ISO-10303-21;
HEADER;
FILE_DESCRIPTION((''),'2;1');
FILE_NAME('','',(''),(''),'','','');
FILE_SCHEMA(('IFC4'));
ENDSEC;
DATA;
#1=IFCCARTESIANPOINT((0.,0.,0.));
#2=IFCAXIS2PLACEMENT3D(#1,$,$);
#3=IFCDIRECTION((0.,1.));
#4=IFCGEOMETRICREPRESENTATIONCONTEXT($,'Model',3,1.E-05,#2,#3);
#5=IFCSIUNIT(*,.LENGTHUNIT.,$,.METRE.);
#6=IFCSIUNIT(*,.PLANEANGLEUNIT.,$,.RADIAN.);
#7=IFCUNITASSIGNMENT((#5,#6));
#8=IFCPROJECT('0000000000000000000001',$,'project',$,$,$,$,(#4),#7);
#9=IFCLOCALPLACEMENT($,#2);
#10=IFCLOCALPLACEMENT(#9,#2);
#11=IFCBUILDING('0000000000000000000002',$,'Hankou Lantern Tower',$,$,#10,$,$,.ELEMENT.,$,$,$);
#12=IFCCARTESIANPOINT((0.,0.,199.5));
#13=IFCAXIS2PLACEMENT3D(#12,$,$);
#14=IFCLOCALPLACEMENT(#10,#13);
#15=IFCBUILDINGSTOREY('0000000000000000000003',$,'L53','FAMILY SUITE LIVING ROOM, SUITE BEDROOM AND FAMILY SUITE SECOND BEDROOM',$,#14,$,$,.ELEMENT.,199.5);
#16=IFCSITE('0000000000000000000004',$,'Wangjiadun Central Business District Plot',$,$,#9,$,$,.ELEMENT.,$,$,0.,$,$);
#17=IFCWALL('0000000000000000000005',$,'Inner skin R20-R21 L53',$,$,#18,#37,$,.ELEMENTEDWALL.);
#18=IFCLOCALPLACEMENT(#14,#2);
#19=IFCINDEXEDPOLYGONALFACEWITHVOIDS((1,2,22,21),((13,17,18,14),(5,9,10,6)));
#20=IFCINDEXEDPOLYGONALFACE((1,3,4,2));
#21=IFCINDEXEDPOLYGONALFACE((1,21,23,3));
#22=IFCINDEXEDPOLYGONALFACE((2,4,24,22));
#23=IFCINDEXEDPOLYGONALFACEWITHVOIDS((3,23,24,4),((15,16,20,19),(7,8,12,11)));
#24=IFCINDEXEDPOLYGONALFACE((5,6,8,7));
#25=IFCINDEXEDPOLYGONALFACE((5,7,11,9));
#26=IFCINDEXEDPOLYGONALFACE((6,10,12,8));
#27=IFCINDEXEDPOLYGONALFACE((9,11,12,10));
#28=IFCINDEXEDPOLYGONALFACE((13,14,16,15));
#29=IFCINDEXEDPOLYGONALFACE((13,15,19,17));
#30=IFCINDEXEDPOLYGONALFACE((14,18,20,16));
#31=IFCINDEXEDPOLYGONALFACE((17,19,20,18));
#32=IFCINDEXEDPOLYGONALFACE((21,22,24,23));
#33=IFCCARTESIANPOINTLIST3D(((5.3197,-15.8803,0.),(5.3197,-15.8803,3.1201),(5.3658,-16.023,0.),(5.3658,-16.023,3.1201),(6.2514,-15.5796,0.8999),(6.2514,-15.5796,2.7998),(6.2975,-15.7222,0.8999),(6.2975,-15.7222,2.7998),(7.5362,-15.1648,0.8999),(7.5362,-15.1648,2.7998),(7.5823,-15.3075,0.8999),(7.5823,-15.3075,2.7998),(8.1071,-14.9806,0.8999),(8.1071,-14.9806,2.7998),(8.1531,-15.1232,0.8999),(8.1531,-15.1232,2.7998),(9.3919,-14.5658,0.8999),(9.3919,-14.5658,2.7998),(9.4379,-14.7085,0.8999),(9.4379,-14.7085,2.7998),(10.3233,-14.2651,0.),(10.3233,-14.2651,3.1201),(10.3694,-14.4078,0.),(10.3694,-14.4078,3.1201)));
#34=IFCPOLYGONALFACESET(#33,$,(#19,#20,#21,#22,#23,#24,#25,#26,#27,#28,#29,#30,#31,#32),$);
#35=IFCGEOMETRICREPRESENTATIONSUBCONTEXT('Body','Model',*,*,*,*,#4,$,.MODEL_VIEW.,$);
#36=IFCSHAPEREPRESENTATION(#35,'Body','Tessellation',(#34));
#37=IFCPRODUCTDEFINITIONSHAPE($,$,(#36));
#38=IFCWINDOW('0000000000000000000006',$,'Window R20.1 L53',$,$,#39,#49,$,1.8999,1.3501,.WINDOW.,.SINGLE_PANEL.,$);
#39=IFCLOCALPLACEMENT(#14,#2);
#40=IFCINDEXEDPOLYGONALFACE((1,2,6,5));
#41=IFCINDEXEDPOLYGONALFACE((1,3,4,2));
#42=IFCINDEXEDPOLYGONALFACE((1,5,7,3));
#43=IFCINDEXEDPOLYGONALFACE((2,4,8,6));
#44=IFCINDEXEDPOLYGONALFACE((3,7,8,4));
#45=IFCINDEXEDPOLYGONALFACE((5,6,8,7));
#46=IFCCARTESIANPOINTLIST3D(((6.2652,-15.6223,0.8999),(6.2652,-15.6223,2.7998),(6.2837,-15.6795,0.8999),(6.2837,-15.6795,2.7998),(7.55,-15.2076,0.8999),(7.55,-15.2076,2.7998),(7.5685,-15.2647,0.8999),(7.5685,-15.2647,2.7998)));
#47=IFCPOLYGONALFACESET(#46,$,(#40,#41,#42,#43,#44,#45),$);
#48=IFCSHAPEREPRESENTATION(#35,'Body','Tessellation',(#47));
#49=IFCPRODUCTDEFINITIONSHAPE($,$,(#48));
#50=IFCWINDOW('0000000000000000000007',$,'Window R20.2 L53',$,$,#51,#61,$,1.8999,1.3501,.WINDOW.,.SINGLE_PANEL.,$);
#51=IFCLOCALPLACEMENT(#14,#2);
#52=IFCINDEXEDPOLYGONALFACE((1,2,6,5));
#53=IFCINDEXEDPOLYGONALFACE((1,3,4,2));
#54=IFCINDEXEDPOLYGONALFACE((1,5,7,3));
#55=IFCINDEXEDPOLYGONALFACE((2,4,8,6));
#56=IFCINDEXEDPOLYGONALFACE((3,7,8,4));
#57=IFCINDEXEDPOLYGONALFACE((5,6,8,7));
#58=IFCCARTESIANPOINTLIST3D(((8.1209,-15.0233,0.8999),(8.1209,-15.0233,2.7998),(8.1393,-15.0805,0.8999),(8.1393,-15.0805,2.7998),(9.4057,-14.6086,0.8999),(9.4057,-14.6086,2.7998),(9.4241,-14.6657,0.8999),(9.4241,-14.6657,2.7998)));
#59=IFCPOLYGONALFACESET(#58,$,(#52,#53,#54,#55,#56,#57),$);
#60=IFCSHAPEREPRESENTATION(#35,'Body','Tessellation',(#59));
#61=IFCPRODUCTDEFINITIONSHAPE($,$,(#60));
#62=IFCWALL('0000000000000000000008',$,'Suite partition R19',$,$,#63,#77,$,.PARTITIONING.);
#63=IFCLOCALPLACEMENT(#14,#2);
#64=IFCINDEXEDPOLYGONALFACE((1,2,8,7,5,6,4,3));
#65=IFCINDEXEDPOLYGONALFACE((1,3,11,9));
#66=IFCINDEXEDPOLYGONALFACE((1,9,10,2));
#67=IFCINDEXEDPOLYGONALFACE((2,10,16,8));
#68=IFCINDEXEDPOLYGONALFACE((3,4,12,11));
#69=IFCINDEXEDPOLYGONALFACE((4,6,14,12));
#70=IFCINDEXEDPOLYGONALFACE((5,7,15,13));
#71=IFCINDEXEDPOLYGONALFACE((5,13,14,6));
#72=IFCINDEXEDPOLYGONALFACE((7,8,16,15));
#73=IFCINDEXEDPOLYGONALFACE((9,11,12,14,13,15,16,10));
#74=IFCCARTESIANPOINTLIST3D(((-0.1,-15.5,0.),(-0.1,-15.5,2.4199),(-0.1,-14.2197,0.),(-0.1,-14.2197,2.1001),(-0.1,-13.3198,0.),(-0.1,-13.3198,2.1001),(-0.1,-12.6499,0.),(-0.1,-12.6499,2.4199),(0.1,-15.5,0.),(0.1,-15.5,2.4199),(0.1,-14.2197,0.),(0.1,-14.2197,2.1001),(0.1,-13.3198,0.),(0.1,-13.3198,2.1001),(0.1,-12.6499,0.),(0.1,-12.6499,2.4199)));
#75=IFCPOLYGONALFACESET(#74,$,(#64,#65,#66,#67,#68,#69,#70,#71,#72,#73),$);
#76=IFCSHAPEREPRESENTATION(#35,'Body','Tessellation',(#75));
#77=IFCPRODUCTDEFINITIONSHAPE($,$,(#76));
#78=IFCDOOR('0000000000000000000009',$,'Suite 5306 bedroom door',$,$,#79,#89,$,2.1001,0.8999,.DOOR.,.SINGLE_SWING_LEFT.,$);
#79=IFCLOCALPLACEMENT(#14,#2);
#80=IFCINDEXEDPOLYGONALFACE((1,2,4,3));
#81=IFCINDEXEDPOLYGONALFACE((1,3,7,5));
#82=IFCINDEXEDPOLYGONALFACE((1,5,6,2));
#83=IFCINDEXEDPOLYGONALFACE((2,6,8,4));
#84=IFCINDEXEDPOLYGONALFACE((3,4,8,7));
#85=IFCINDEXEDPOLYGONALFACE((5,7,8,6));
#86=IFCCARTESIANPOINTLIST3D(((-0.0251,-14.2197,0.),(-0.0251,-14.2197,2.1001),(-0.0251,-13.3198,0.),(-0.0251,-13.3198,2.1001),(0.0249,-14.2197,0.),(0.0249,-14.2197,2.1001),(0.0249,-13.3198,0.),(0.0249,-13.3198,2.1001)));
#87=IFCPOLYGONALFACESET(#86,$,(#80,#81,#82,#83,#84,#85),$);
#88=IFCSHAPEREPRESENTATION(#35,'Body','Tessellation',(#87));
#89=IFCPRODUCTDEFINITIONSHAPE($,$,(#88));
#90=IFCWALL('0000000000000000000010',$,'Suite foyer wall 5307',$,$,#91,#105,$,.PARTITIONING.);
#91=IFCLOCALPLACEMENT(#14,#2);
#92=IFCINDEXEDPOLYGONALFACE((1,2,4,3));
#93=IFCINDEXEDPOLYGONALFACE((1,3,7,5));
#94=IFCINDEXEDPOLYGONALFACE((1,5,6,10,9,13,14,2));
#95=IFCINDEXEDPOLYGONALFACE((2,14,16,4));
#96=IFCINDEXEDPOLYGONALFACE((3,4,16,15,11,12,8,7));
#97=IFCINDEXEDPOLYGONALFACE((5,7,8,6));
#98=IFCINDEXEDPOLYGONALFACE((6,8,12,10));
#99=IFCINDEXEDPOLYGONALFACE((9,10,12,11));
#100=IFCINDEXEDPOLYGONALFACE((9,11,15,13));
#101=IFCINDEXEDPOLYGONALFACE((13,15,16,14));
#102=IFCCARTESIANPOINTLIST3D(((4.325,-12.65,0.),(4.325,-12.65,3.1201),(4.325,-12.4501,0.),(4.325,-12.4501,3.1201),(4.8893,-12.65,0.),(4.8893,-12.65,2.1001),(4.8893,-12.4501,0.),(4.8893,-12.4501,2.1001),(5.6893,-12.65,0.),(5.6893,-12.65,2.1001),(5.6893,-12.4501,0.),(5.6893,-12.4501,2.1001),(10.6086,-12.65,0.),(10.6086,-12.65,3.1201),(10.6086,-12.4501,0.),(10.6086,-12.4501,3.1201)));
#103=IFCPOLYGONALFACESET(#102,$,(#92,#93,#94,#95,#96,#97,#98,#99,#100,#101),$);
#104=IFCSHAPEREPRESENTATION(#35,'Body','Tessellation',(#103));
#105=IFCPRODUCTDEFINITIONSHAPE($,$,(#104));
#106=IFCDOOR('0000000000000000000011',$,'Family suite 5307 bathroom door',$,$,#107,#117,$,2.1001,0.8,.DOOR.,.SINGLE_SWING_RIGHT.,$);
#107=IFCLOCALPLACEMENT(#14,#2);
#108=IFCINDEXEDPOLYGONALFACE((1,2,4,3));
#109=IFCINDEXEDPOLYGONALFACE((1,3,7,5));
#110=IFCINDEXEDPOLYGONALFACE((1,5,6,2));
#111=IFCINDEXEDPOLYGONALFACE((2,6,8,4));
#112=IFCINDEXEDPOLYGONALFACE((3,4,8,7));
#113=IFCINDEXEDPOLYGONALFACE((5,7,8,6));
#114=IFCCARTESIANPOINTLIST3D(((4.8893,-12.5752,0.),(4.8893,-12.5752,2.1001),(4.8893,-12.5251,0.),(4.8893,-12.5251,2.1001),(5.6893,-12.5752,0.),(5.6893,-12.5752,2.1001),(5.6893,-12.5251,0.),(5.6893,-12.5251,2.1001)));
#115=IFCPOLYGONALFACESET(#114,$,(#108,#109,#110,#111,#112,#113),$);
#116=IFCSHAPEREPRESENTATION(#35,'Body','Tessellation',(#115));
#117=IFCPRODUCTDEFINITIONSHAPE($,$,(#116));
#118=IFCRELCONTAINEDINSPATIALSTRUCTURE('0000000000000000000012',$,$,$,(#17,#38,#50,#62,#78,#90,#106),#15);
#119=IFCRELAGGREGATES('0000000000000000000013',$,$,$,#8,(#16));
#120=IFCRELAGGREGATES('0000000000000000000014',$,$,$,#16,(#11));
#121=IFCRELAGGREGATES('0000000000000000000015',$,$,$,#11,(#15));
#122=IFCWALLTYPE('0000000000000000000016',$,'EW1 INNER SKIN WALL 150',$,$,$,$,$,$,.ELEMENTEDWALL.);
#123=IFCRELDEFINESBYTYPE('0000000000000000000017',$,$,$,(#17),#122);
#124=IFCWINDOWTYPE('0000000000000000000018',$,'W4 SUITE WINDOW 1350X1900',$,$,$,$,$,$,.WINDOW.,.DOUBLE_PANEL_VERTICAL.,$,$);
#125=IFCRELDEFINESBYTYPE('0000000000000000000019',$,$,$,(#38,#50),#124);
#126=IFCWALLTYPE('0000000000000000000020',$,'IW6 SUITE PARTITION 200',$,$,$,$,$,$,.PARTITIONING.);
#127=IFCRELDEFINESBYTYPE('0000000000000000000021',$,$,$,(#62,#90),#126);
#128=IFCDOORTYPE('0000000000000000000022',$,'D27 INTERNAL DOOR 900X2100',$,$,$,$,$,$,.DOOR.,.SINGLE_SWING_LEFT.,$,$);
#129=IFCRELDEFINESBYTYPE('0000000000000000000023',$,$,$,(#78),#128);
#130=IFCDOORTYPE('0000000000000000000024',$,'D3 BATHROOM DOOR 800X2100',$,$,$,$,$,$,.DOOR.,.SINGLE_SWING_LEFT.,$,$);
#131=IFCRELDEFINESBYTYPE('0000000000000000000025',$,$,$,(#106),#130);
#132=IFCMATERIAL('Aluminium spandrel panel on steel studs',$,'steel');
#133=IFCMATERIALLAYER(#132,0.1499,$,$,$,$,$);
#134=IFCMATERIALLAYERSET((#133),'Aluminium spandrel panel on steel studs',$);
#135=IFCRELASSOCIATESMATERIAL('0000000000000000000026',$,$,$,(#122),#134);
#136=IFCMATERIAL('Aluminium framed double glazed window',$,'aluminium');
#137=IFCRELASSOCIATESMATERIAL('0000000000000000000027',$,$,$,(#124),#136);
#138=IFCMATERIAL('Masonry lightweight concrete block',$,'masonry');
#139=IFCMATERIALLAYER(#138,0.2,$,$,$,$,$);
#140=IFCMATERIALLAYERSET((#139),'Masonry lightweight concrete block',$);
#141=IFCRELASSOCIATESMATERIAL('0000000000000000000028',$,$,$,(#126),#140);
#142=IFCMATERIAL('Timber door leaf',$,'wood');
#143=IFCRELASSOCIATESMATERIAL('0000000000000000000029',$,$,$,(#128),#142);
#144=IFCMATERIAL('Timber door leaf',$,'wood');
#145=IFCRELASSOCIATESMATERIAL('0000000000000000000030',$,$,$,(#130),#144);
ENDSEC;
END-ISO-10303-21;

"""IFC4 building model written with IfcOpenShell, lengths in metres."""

from ifc_helpers import new_model, si_unit, direction, frame, frame_2d, origin, place, context, subcontext, project, spatial, rectangle, extrude, material, layer, layer_set, type_object, element, fill, save


model = new_model("IFC4")

# Units and contexts
model_context = context("Model", 3, precision=1e-05, world=origin(), true_north=direction((0.0, 1.0)))
body_context = subcontext(model_context, "Body", "Model", "MODEL_VIEW")
ifc_project = project(units=[si_unit("LENGTHUNIT", "METRE"), si_unit("PLANEANGLEUNIT", "RADIAN")], contexts=[model_context])

# Site, building, storey
site_placement = place(None, origin())
site = spatial("IfcSite", under=ifc_project, at=site_placement, Name="Wangjiadun Central Business District Plot", CompositionType="ELEMENT", RefElevation=0.0)
building_placement = place(site_placement, origin())
building = spatial("IfcBuilding", under=site, at=building_placement, Name="Hankou Lantern Tower", CompositionType="ELEMENT")
storey_placement = place(building_placement, frame((0.0, 0.0, 199.5)))
storey = spatial("IfcBuildingStorey", under=building, at=storey_placement, Name="L53", Description="FAMILY SUITE LIVING ROOM, SUITE BEDROOM AND FAMILY SUITE SECOND BEDROOM", CompositionType="ELEMENT", Elevation=199.5)

# Wall, openings, windows
ifc_material_1 = material(Name="Aluminium spandrel panel on steel studs", Category="steel")
ifc_layer_1 = layer(ifc_material_1, 0.1499)
ifc_layer_set_1 = layer_set([ifc_layer_1], Name="Aluminium spandrel panel on steel studs")
wall_type_1 = type_object("IfcWallType", Name="EW1 INNER SKIN WALL 150", PredefinedType="ELEMENTEDWALL", material=ifc_layer_set_1)
ifc_material_2 = material(Name="Aluminium framed double glazed window", Category="aluminium")
window_type = type_object("IfcWindowType", Name="W4 SUITE WINDOW 1350X1900", PartitioningType="DOUBLE_PANEL_VERTICAL", PredefinedType="WINDOW", material=ifc_material_2)
wall_1_placement = place(storey_placement, frame((5.3428, -15.9517, 0.0), z_axis=(0.0, 0.0, 1.0), x_axis=(0.951645, 0.307201, 0.0)))
wall_1 = element("IfcWall", 1, at=wall_1_placement, inside=storey, type_object=wall_type_1, Name="Inner skin R20-R21 L53", PredefinedType="ELEMENTEDWALL", context=body_context, shape_type="SweptSolid", body=[
    extrude(rectangle(XDim=5.2578, YDim=0.1499, at=frame_2d((2.6289, 0.0))), origin(), (0.0, 0.0, 1.0), 3.1201),
])
opening_1_placement = place(wall_1_placement, frame((0.979, 0.0, 0.8999)))
opening_1 = element("IfcOpeningElement", 2, at=opening_1_placement, cuts=wall_1, PredefinedType="OPENING", context=body_context, shape_type="SweptSolid", body=[
    extrude(rectangle(XDim=1.3501, YDim=1.8999, at=frame_2d((0.675, 0.95))), frame((0.0, 0.085, 0.0), z_axis=(0.0, -1.0, 0.0), x_axis=(1.0, 0.0, 0.0)), (0.0, 0.0, 1.0), 0.1699),
])
opening_2_placement = place(wall_1_placement, frame((2.929, 0.0, 0.8999)))
opening_2 = element("IfcOpeningElement", 3, at=opening_2_placement, cuts=wall_1, PredefinedType="OPENING", context=body_context, shape_type="SweptSolid", body=[
    extrude(rectangle(XDim=1.3501, YDim=1.8999, at=frame_2d((0.675, 0.95))), frame((0.0, 0.085, 0.0), z_axis=(0.0, -1.0, 0.0), x_axis=(1.0, 0.0, 0.0)), (0.0, 0.0, 1.0), 0.1699),
])
window_1_placement = place(opening_1_placement, origin())
window_1 = element("IfcWindow", 4, at=window_1_placement, inside=storey, type_object=window_type, Name="Window R20.1 L53", OverallHeight=1.8999, OverallWidth=1.3501, PartitioningType="SINGLE_PANEL", PredefinedType="WINDOW", context=body_context, shape_type="SweptSolid", body=[
    extrude(rectangle(XDim=1.3501, YDim=1.8999, at=frame_2d((0.675, 0.95))), frame((0.0, 0.03, 0.0), z_axis=(0.0, -1.0, 0.0), x_axis=(1.0, 0.0, 0.0)), (0.0, 0.0, 1.0), 0.0601),
])
fill(opening_1, window_1)
window_2_placement = place(opening_2_placement, origin())
window_2 = element("IfcWindow", 5, at=window_2_placement, inside=storey, type_object=window_type, Name="Window R20.2 L53", OverallHeight=1.8999, OverallWidth=1.3501, PartitioningType="SINGLE_PANEL", PredefinedType="WINDOW", context=body_context, shape_type="SweptSolid", body=[
    extrude(rectangle(XDim=1.3501, YDim=1.8999, at=frame_2d((0.675, 0.95))), frame((0.0, 0.03, 0.0), z_axis=(0.0, -1.0, 0.0), x_axis=(1.0, 0.0, 0.0)), (0.0, 0.0, 1.0), 0.0601),
])
fill(opening_2, window_2)

# Walls, openings, doors
ifc_material_3 = material(Name="Masonry lightweight concrete block", Category="masonry")
ifc_layer_2 = layer(ifc_material_3, 0.2)
ifc_layer_set_2 = layer_set([ifc_layer_2], Name="Masonry lightweight concrete block")
wall_type_2 = type_object("IfcWallType", Name="IW6 SUITE PARTITION 200", PredefinedType="PARTITIONING", material=ifc_layer_set_2)
wall_2_placement = place(storey_placement, frame((0.0, -12.6499, 0.0), z_axis=(0.0, 0.0, 1.0), x_axis=(0.0, -1.0, 0.0)))
wall_2 = element("IfcWall", 6, at=wall_2_placement, inside=storey, type_object=wall_type_2, Name="Suite partition R19", PredefinedType="PARTITIONING", context=body_context, shape_type="SweptSolid", body=[
    extrude(rectangle(XDim=2.8501, YDim=0.2, at=frame_2d((1.425, 0.0))), origin(), (0.0, 0.0, 1.0), 2.4199),
])
opening_3_placement = place(wall_2_placement, frame((0.6699, 0.0, 0.0)))
opening_3 = element("IfcOpeningElement", 7, at=opening_3_placement, cuts=wall_2, PredefinedType="OPENING", context=body_context, shape_type="SweptSolid", body=[
    extrude(rectangle(XDim=0.8999, YDim=2.1001, at=frame_2d((0.45, 1.05))), frame((0.0, 0.1099, 0.0), z_axis=(0.0, -1.0, 0.0), x_axis=(1.0, 0.0, 0.0)), (0.0, 0.0, 1.0), 0.22),
])
ifc_material_4 = material(Name="Timber door leaf", Category="wood")
door_type_1 = type_object("IfcDoorType", Name="D27 INTERNAL DOOR 900X2100", OperationType="SINGLE_SWING_LEFT", PredefinedType="DOOR", material=ifc_material_4)
door_1_placement = place(opening_3_placement, origin())
door_1 = element("IfcDoor", 8, at=door_1_placement, inside=storey, type_object=door_type_1, Name="Suite 5306 bedroom door", OperationType="SINGLE_SWING_LEFT", OverallHeight=2.1001, OverallWidth=0.8999, PredefinedType="DOOR", context=body_context, shape_type="SweptSolid", body=[
    extrude(rectangle(XDim=0.8999, YDim=2.1001, at=frame_2d((0.45, 1.05))), frame((0.0, 0.0249, 0.0), z_axis=(0.0, -1.0, 0.0), x_axis=(1.0, 0.0, 0.0)), (0.0, 0.0, 1.0), 0.05),
])
fill(opening_3, door_1)
wall_3_placement = place(storey_placement, frame((4.325, -12.55, 0.0), z_axis=(0.0, 0.0, 1.0), x_axis=(1.0, 0.0, 0.0)))
wall_3 = element("IfcWall", 9, at=wall_3_placement, inside=storey, type_object=wall_type_2, Name="Suite foyer wall 5307", PredefinedType="PARTITIONING", context=body_context, shape_type="SweptSolid", body=[
    extrude(rectangle(XDim=6.2837, YDim=0.2, at=frame_2d((3.1418, 0.0))), origin(), (0.0, 0.0, 1.0), 3.1201),
])
opening_4_placement = place(wall_3_placement, frame((0.5645, 0.0, 0.0)))
opening_4 = element("IfcOpeningElement", 10, at=opening_4_placement, cuts=wall_3, PredefinedType="OPENING", context=body_context, shape_type="SweptSolid", body=[
    extrude(rectangle(XDim=0.8, YDim=2.1001, at=frame_2d((0.3999, 1.05))), frame((0.0, 0.1099, 0.0), z_axis=(0.0, -1.0, 0.0), x_axis=(1.0, 0.0, 0.0)), (0.0, 0.0, 1.0), 0.22),
])
ifc_material_5 = material(Name="Timber door leaf", Category="wood")
door_type_2 = type_object("IfcDoorType", Name="D3 BATHROOM DOOR 800X2100", OperationType="SINGLE_SWING_LEFT", PredefinedType="DOOR", material=ifc_material_5)
door_2_placement = place(opening_4_placement, origin())
door_2 = element("IfcDoor", 11, at=door_2_placement, inside=storey, type_object=door_type_2, Name="Family suite 5307 bathroom door", OperationType="SINGLE_SWING_RIGHT", OverallHeight=2.1001, OverallWidth=0.8, PredefinedType="DOOR", context=body_context, shape_type="SweptSolid", body=[
    extrude(rectangle(XDim=0.8, YDim=2.1001, at=frame_2d((0.3999, 1.05))), frame((0.0, 0.0249, 0.0), z_axis=(0.0, -1.0, 0.0), x_axis=(1.0, 0.0, 0.0)), (0.0, 0.0, 1.0), 0.05),
])
fill(opening_4, door_2)

save(model, "model.ifc")
